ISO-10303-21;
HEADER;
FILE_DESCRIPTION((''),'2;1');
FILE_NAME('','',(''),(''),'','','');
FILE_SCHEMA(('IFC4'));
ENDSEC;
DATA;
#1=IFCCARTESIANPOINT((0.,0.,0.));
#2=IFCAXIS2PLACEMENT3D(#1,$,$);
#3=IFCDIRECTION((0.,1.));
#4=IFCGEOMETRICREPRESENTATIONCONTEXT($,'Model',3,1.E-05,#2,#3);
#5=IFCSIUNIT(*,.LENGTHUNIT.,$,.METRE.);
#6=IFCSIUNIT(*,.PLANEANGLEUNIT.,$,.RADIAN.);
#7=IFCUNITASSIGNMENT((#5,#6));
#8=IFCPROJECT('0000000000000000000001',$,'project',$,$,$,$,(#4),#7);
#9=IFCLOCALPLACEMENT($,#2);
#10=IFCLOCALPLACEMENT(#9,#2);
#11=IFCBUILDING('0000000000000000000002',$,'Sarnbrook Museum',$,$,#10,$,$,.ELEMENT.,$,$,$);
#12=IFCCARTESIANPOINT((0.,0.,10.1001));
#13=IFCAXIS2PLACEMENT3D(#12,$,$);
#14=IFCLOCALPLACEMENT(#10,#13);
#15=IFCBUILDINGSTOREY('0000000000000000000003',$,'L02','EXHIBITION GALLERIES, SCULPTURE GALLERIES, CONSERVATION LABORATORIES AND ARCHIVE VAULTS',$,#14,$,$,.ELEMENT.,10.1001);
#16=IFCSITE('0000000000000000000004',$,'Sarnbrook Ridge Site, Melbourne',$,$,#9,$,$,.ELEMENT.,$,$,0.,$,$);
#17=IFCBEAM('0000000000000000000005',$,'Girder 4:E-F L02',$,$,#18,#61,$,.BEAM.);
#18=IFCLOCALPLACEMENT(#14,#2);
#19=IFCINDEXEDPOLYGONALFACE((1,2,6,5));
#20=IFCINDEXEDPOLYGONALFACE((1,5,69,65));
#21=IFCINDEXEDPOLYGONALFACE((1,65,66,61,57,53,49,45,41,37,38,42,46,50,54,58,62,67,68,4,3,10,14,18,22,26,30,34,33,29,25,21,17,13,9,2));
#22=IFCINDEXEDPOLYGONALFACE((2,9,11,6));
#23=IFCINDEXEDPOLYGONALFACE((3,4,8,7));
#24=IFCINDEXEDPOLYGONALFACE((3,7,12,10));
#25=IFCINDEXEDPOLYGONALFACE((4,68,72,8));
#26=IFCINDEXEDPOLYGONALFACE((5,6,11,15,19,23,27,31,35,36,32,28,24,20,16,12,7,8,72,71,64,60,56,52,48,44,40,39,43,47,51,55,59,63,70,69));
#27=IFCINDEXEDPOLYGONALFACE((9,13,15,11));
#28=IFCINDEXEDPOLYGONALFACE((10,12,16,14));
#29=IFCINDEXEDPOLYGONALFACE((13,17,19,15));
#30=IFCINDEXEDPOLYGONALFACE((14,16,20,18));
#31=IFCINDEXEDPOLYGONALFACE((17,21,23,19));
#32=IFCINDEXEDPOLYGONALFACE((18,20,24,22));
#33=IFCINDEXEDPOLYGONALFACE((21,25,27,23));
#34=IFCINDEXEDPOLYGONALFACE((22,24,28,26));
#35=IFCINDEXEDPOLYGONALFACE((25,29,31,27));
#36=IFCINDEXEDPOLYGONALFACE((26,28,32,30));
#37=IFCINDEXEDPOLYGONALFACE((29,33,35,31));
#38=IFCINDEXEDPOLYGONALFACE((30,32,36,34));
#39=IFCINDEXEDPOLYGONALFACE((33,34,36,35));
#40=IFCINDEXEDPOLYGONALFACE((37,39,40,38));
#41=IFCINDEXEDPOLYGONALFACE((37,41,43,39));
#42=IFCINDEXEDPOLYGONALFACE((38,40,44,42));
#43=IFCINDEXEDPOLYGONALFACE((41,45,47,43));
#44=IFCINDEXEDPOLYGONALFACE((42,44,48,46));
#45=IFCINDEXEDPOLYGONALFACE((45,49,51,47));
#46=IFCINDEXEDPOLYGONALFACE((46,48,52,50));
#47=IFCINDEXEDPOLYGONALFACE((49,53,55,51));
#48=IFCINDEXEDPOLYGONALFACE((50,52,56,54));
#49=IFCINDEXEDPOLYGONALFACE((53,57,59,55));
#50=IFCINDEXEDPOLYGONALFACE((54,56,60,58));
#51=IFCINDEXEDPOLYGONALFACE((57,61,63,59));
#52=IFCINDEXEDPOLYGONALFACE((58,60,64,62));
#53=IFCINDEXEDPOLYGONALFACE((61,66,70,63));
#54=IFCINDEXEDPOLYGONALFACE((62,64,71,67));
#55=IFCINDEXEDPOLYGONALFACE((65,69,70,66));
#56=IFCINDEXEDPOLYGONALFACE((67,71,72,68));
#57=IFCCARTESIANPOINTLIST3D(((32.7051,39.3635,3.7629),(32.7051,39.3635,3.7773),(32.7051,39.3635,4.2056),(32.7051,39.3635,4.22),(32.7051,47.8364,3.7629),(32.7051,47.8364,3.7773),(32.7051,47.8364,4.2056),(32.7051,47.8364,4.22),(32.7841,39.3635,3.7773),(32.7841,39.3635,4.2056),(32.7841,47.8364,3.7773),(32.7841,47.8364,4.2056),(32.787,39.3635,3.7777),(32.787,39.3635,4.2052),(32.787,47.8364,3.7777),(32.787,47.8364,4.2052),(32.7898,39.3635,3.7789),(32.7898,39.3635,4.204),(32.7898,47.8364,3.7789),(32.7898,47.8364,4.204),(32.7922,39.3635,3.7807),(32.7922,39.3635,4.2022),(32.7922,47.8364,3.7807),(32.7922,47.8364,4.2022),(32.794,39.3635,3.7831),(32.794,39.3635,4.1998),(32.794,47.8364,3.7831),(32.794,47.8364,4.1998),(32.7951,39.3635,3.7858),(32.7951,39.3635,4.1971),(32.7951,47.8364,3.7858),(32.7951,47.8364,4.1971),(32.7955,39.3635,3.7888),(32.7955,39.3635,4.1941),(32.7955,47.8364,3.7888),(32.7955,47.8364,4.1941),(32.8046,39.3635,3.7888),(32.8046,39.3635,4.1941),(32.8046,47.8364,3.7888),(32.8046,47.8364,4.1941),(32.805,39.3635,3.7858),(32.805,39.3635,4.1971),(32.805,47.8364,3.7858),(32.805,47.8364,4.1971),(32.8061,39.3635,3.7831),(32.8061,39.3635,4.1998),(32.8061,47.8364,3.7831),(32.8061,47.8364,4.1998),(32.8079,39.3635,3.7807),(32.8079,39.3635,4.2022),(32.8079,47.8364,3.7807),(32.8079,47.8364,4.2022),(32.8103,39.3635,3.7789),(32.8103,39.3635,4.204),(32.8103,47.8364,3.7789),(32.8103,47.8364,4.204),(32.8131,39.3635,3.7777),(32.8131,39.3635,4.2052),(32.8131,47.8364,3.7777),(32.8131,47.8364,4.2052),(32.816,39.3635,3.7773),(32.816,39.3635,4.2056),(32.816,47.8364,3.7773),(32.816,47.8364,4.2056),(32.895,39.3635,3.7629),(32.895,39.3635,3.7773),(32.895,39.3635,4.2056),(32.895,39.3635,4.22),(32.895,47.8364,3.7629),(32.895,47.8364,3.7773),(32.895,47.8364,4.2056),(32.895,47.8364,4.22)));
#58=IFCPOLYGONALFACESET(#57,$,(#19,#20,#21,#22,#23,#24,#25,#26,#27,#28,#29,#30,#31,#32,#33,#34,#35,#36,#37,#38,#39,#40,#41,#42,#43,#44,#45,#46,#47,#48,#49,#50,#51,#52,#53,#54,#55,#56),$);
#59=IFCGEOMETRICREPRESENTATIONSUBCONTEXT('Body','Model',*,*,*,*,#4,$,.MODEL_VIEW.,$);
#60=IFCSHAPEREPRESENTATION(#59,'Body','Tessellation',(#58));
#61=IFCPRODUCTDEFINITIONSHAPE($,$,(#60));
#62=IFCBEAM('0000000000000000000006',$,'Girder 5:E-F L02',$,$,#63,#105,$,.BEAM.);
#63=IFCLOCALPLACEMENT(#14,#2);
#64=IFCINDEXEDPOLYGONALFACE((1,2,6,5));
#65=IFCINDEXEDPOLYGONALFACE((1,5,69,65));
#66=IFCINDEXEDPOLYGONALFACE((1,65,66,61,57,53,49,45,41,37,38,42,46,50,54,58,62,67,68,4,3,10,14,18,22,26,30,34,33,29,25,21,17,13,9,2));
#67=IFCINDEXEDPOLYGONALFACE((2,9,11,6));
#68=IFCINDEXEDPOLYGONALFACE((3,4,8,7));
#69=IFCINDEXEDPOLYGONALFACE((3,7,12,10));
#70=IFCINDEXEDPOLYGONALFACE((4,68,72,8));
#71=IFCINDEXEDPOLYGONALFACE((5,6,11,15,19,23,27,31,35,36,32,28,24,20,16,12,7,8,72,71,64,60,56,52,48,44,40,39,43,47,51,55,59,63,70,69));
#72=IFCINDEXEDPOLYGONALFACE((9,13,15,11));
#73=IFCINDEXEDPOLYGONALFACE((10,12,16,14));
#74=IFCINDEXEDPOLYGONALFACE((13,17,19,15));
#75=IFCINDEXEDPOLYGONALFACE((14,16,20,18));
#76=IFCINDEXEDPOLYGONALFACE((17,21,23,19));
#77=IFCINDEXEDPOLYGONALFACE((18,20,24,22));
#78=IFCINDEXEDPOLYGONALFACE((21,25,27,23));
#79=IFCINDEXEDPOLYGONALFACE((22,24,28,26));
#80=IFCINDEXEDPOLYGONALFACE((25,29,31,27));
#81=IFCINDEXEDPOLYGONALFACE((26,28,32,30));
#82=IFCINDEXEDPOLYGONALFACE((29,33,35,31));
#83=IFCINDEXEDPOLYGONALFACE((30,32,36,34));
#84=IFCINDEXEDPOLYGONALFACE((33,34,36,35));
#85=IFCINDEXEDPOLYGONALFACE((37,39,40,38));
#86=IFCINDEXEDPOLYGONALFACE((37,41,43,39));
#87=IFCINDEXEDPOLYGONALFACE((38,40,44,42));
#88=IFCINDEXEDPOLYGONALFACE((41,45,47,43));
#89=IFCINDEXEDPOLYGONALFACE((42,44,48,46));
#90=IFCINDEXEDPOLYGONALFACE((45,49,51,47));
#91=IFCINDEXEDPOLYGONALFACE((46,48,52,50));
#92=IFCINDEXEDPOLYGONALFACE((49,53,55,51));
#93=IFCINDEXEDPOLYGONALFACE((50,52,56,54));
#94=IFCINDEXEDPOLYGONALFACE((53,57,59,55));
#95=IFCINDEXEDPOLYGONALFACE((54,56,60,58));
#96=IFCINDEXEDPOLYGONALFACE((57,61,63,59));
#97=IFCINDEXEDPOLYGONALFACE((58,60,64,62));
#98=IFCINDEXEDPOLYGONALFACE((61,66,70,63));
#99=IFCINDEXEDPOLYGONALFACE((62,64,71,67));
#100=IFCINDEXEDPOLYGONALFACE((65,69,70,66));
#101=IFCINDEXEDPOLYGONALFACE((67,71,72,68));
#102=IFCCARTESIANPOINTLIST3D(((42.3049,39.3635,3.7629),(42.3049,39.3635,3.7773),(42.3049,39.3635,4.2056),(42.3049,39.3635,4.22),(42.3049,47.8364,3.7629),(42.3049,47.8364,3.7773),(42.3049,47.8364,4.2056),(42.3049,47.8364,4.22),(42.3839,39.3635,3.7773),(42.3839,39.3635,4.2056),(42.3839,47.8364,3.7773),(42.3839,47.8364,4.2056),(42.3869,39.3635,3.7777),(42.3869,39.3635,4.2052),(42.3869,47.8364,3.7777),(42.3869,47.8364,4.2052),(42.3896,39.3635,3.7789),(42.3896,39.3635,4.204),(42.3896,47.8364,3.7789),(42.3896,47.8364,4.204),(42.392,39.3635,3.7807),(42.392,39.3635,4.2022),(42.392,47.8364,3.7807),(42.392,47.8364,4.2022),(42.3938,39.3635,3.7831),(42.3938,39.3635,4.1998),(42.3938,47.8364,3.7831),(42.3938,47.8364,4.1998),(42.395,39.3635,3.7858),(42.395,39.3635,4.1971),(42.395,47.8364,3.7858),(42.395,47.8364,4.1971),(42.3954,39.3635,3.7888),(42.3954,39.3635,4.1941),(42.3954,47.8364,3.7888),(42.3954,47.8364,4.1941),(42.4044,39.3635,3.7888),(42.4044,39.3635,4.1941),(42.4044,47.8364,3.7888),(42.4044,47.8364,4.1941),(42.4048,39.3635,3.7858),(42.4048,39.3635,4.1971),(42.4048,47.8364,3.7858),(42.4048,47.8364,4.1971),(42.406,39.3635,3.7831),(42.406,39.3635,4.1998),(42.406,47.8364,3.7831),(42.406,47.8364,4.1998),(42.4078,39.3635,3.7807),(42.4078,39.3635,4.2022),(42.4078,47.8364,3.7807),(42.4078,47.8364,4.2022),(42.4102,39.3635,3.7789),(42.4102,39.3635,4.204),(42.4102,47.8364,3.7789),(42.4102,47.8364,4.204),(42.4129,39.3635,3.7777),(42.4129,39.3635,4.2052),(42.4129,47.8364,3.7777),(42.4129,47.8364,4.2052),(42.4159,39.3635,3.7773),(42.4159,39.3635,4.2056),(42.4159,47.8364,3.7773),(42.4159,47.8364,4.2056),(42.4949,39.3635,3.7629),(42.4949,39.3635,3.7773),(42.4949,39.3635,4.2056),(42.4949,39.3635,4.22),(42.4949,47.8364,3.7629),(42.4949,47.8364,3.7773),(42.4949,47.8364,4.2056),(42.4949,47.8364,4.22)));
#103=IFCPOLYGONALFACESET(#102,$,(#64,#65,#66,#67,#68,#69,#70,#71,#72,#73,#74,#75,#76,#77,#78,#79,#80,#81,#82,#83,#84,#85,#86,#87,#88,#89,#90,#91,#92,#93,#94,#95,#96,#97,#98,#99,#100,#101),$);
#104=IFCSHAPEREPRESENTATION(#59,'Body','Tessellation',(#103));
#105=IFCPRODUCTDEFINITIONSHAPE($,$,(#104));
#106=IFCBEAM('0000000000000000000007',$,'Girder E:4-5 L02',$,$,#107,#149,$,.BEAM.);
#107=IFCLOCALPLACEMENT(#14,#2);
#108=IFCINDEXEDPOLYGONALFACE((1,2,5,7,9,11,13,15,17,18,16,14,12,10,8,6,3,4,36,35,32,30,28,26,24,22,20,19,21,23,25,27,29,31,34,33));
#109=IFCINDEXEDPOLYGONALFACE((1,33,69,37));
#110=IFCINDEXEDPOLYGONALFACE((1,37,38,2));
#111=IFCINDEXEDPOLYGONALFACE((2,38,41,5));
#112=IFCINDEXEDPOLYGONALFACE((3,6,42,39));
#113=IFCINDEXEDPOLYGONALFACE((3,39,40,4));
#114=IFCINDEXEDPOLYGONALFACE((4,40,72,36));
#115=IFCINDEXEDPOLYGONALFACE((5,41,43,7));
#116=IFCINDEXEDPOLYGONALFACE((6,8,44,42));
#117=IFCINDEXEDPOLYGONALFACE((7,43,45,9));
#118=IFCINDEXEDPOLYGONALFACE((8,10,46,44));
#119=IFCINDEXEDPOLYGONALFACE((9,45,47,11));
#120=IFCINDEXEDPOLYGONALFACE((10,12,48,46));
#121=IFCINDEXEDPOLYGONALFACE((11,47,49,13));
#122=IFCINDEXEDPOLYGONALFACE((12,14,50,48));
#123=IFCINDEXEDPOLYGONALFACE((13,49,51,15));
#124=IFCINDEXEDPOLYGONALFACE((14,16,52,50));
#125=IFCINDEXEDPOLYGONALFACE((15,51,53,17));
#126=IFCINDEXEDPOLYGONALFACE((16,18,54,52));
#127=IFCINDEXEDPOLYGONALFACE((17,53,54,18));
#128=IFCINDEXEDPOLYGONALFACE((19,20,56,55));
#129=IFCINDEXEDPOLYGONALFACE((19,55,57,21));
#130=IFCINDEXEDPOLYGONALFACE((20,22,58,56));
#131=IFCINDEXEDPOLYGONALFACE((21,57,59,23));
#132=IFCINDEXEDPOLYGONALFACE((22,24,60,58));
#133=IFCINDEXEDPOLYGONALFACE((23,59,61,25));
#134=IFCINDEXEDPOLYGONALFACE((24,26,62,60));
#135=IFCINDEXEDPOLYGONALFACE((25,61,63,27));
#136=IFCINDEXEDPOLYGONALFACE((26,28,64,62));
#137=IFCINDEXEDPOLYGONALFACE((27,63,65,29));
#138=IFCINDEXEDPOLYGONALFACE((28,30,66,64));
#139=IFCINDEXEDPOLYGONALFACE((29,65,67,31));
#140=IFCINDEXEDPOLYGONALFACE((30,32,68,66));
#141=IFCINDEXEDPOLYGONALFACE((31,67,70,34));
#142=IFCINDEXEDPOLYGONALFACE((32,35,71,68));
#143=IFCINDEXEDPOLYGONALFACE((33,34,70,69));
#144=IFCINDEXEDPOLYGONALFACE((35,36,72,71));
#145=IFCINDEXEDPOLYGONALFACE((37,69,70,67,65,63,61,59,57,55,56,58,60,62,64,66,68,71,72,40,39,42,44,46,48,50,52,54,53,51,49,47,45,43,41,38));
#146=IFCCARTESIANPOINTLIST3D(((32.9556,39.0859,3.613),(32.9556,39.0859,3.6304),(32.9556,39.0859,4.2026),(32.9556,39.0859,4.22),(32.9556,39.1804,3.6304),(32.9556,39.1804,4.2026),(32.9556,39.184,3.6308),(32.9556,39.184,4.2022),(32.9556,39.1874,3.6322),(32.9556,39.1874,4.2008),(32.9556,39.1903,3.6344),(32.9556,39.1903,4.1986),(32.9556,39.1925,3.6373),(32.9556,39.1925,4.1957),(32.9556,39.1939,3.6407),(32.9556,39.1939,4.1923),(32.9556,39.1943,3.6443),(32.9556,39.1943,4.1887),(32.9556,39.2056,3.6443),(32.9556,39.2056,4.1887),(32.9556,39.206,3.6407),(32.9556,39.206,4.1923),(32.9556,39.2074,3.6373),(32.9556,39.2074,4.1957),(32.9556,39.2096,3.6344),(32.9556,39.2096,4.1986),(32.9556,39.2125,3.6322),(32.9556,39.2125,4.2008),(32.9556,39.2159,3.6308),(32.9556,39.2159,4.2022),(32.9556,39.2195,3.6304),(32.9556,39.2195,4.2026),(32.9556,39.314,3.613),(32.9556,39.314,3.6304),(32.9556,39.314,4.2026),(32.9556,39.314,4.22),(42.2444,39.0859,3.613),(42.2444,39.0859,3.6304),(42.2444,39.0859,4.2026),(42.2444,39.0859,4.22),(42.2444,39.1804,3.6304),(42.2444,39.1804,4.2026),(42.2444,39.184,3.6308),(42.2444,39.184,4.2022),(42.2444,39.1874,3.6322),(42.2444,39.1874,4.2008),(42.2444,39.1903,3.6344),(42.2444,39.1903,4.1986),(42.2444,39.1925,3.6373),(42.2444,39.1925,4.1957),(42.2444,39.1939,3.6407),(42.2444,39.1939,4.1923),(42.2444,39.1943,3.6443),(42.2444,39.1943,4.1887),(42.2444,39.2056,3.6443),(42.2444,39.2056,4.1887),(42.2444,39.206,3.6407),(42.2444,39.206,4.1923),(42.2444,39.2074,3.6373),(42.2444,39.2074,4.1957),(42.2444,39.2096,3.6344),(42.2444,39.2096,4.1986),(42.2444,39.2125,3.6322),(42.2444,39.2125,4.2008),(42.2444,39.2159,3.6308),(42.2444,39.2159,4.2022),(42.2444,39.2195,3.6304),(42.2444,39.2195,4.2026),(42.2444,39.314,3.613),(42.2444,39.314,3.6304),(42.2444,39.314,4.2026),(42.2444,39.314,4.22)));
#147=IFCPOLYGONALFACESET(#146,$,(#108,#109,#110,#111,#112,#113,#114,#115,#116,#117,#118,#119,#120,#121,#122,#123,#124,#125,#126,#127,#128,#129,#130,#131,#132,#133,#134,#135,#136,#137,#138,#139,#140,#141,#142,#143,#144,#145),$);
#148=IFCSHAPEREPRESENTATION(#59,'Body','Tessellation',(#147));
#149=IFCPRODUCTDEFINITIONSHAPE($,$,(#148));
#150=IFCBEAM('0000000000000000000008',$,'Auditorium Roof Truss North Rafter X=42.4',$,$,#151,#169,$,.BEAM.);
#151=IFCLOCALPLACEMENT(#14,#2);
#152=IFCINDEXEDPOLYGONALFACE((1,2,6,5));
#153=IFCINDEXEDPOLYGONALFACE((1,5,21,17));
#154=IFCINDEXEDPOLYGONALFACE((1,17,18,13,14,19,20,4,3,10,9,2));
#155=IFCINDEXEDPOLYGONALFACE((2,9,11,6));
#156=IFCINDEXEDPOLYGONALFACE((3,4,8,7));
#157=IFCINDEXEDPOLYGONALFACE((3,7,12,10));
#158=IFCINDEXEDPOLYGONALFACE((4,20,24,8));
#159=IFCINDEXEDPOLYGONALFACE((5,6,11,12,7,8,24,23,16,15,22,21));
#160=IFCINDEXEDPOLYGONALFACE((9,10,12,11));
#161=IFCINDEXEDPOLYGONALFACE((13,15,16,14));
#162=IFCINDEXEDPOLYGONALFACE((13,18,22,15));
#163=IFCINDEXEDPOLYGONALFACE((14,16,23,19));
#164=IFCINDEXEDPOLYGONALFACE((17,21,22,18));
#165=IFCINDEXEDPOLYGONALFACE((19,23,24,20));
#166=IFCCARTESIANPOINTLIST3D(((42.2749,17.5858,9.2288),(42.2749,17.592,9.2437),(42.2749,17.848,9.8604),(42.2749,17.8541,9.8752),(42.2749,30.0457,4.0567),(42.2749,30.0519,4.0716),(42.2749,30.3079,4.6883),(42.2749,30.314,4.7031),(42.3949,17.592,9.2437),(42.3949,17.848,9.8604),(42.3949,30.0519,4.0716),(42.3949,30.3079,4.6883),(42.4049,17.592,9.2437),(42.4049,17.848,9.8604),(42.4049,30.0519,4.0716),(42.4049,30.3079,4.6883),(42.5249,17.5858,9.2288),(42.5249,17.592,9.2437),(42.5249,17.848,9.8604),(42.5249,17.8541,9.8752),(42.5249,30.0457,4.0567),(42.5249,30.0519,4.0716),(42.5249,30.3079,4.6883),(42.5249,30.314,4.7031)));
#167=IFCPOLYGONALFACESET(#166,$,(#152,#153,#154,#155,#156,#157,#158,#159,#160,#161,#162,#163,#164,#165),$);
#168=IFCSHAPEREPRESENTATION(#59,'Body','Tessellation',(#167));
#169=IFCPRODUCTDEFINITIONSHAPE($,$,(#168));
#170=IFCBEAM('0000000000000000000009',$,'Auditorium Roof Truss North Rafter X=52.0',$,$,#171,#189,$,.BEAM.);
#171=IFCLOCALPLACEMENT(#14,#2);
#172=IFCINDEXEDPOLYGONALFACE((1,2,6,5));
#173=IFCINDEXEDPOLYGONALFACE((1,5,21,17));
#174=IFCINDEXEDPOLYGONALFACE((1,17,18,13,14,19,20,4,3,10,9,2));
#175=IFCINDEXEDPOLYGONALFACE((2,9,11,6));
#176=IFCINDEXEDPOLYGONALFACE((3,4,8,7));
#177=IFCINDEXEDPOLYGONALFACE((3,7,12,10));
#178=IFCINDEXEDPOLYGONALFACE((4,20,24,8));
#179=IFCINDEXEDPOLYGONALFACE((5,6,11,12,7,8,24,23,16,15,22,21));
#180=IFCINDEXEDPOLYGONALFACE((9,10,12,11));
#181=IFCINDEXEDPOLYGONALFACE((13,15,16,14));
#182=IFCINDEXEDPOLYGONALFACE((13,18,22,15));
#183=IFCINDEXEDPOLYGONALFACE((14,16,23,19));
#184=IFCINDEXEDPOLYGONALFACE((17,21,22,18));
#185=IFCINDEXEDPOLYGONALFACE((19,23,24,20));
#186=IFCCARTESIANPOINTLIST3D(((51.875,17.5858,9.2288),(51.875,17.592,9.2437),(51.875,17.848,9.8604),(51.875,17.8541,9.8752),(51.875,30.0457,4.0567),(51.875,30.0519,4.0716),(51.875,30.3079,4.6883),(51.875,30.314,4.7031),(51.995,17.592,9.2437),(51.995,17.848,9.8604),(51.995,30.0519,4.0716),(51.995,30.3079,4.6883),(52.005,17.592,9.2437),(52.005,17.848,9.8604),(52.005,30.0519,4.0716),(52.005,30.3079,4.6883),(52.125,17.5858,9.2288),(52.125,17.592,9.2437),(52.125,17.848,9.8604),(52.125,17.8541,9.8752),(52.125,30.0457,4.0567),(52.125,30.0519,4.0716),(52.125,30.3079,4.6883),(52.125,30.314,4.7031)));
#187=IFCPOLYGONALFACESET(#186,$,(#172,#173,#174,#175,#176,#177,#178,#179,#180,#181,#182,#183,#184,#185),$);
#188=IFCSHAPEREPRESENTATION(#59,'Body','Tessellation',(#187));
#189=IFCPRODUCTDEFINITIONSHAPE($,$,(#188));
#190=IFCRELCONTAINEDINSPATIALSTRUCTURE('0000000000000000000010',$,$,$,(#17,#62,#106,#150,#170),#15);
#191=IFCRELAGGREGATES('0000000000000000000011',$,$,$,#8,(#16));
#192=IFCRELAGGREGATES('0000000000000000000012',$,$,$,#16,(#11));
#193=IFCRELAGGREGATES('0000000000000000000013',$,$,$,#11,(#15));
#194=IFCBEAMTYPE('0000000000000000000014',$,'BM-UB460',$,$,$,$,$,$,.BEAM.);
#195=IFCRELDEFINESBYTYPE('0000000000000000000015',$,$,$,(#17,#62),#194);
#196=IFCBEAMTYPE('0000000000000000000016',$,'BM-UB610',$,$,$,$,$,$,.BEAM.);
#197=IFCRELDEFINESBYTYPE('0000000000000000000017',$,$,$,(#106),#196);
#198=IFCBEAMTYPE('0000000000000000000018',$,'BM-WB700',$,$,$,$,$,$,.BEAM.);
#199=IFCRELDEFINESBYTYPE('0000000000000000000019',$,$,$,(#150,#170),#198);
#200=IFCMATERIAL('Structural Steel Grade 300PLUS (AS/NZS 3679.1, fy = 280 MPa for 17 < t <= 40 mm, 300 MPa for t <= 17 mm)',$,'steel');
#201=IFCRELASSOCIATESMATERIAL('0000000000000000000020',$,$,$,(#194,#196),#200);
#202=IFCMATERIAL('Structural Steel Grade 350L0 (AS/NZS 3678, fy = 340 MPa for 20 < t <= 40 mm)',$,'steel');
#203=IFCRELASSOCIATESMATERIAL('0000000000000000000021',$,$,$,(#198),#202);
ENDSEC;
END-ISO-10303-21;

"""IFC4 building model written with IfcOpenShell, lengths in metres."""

from ifc_helpers import new_model, si_unit, direction, frame, origin, origin_2d, place, context, subcontext, project, spatial, i_section, extrude, material, material_profile, profile_set, type_object, element, save


model = new_model("IFC4")

# Units and contexts
model_context = context("Model", 3, precision=1e-05, world=origin(), true_north=direction((0.0, 1.0)))
body_context = subcontext(model_context, "Body", "Model", "MODEL_VIEW")
ifc_project = project(units=[si_unit("LENGTHUNIT", "METRE"), si_unit("PLANEANGLEUNIT", "RADIAN")], contexts=[model_context])

# Site, building, storey
site_placement = place(None, origin())
site = spatial("IfcSite", under=ifc_project, at=site_placement, Name="Sarnbrook Ridge Site, Melbourne", CompositionType="ELEMENT", RefElevation=0.0)
building_placement = place(site_placement, origin())
building = spatial("IfcBuilding", under=site, at=building_placement, Name="Sarnbrook Museum", CompositionType="ELEMENT")
storey_placement = place(building_placement, frame((0.0, 0.0, 10.1001)))
storey = spatial("IfcBuildingStorey", under=building, at=storey_placement, Name="L02", Description="EXHIBITION GALLERIES, SCULPTURE GALLERIES, CONSERVATION LABORATORIES AND ARCHIVE VAULTS", CompositionType="ELEMENT", Elevation=10.1001)

# Shared definitions
ifc_material_1 = material(Name="Structural Steel Grade 300PLUS (AS/NZS 3679.1, fy = 280 MPa for 17 < t <= 40 mm, 300 MPa for t <= 17 mm)", Category="steel")

# Beams
ifc_material_profile_1 = material_profile(ifc_material_1, i_section(OverallWidth=0.1899, OverallDepth=0.457, WebThickness=0.009, FlangeThickness=0.0144, FilletRadius=0.0115, at=origin_2d()), Name="460UB74.6")
ifc_profile_set_1 = profile_set([ifc_material_profile_1], Name="Structural Steel Grade 300PLUS (AS/NZS 3679.1, fy = 280 MPa for 17 < t <= 40 mm, 300 MPa for t <= 17 mm)")
beam_type_1 = type_object("IfcBeamType", Name="BM-UB460", PredefinedType="BEAM", material=ifc_profile_set_1)
for number, where, z_axis, x_axis, name in (
    (1, (32.8, 39.3635, 3.9915), (0.0, 1.0, 0.0), (-1.0, 0.0, 0.0), "Girder 4:E-F L02"),
    (2, (42.3999, 39.3635, 3.9915), (0.0, 1.0, 0.0), (-1.0, 0.0, 0.0), "Girder 5:E-F L02"),
):
    element("IfcBeam", number, at=place(storey_placement, frame(where, z_axis=z_axis, x_axis=x_axis)), inside=storey, type_object=beam_type_1, Name=name, PredefinedType="BEAM", context=body_context, shape_type="SweptSolid", body=[
        extrude(i_section(OverallWidth=0.1899, OverallDepth=0.457, WebThickness=0.009, FlangeThickness=0.0144, FilletRadius=0.0115, at=origin_2d()), origin(), (0.0, 0.0, 1.0), 8.4729),
    ])
ifc_material_profile_2 = material_profile(ifc_material_1, i_section(OverallWidth=0.228, OverallDepth=0.6069, WebThickness=0.0112, FlangeThickness=0.0173, FilletRadius=0.0139, at=origin_2d()), Name="610UB113")
ifc_profile_set_2 = profile_set([ifc_material_profile_2], Name="Structural Steel Grade 300PLUS (AS/NZS 3679.1, fy = 280 MPa for 17 < t <= 40 mm, 300 MPa for t <= 17 mm)")
beam_type_2 = type_object("IfcBeamType", Name="BM-UB610", PredefinedType="BEAM", material=ifc_profile_set_2)
beam_placement = place(storey_placement, frame((32.9556, 39.2, 3.9165), z_axis=(1.0, 0.0, 0.0), x_axis=(0.0, 1.0, 0.0)))
element("IfcBeam", 3, at=beam_placement, inside=storey, type_object=beam_type_2, Name="Girder E:4-5 L02", PredefinedType="BEAM", context=body_context, shape_type="SweptSolid", body=[
    extrude(i_section(OverallWidth=0.228, OverallDepth=0.6069, WebThickness=0.0112, FlangeThickness=0.0173, FilletRadius=0.0139, at=origin_2d()), origin(), (0.0, 0.0, 1.0), 9.2888),
])
ifc_material_2 = material(Name="Structural Steel Grade 350L0 (AS/NZS 3678, fy = 340 MPa for 20 < t <= 40 mm)", Category="steel")
ifc_material_profile_3 = material_profile(ifc_material_2, i_section(OverallWidth=0.25, OverallDepth=0.7, WebThickness=0.01, FlangeThickness=0.0161, at=origin_2d()), Name="700WB130")
ifc_profile_set_3 = profile_set([ifc_material_profile_3], Name="Structural Steel Grade 350L0 (AS/NZS 3678, fy = 340 MPa for 20 < t <= 40 mm)")
beam_type_3 = type_object("IfcBeamType", Name="BM-WB700", PredefinedType="BEAM", material=ifc_profile_set_3)
for number, where, z_axis, x_axis, name in (
    (4, (42.3999, 17.72, 9.552), (0.0, 0.92359, -0.383381), (-1.0, 0.0, 0.0), "Auditorium Roof Truss North Rafter X=42.4"),
    (5, (52.0, 17.72, 9.552), (0.0, 0.92359, -0.383381), (-1.0, 0.0, 0.0), "Auditorium Roof Truss North Rafter X=52.0"),
):
    element("IfcBeam", number, at=place(storey_placement, frame(where, z_axis=z_axis, x_axis=x_axis)), inside=storey, type_object=beam_type_3, Name=name, PredefinedType="BEAM", context=body_context, shape_type="SweptSolid", body=[
        extrude(i_section(OverallWidth=0.25, OverallDepth=0.7, WebThickness=0.01, FlangeThickness=0.0161, at=origin_2d()), origin(), (0.0, 0.0, 1.0), 13.4907),
    ])

save(model, "model.ifc")
